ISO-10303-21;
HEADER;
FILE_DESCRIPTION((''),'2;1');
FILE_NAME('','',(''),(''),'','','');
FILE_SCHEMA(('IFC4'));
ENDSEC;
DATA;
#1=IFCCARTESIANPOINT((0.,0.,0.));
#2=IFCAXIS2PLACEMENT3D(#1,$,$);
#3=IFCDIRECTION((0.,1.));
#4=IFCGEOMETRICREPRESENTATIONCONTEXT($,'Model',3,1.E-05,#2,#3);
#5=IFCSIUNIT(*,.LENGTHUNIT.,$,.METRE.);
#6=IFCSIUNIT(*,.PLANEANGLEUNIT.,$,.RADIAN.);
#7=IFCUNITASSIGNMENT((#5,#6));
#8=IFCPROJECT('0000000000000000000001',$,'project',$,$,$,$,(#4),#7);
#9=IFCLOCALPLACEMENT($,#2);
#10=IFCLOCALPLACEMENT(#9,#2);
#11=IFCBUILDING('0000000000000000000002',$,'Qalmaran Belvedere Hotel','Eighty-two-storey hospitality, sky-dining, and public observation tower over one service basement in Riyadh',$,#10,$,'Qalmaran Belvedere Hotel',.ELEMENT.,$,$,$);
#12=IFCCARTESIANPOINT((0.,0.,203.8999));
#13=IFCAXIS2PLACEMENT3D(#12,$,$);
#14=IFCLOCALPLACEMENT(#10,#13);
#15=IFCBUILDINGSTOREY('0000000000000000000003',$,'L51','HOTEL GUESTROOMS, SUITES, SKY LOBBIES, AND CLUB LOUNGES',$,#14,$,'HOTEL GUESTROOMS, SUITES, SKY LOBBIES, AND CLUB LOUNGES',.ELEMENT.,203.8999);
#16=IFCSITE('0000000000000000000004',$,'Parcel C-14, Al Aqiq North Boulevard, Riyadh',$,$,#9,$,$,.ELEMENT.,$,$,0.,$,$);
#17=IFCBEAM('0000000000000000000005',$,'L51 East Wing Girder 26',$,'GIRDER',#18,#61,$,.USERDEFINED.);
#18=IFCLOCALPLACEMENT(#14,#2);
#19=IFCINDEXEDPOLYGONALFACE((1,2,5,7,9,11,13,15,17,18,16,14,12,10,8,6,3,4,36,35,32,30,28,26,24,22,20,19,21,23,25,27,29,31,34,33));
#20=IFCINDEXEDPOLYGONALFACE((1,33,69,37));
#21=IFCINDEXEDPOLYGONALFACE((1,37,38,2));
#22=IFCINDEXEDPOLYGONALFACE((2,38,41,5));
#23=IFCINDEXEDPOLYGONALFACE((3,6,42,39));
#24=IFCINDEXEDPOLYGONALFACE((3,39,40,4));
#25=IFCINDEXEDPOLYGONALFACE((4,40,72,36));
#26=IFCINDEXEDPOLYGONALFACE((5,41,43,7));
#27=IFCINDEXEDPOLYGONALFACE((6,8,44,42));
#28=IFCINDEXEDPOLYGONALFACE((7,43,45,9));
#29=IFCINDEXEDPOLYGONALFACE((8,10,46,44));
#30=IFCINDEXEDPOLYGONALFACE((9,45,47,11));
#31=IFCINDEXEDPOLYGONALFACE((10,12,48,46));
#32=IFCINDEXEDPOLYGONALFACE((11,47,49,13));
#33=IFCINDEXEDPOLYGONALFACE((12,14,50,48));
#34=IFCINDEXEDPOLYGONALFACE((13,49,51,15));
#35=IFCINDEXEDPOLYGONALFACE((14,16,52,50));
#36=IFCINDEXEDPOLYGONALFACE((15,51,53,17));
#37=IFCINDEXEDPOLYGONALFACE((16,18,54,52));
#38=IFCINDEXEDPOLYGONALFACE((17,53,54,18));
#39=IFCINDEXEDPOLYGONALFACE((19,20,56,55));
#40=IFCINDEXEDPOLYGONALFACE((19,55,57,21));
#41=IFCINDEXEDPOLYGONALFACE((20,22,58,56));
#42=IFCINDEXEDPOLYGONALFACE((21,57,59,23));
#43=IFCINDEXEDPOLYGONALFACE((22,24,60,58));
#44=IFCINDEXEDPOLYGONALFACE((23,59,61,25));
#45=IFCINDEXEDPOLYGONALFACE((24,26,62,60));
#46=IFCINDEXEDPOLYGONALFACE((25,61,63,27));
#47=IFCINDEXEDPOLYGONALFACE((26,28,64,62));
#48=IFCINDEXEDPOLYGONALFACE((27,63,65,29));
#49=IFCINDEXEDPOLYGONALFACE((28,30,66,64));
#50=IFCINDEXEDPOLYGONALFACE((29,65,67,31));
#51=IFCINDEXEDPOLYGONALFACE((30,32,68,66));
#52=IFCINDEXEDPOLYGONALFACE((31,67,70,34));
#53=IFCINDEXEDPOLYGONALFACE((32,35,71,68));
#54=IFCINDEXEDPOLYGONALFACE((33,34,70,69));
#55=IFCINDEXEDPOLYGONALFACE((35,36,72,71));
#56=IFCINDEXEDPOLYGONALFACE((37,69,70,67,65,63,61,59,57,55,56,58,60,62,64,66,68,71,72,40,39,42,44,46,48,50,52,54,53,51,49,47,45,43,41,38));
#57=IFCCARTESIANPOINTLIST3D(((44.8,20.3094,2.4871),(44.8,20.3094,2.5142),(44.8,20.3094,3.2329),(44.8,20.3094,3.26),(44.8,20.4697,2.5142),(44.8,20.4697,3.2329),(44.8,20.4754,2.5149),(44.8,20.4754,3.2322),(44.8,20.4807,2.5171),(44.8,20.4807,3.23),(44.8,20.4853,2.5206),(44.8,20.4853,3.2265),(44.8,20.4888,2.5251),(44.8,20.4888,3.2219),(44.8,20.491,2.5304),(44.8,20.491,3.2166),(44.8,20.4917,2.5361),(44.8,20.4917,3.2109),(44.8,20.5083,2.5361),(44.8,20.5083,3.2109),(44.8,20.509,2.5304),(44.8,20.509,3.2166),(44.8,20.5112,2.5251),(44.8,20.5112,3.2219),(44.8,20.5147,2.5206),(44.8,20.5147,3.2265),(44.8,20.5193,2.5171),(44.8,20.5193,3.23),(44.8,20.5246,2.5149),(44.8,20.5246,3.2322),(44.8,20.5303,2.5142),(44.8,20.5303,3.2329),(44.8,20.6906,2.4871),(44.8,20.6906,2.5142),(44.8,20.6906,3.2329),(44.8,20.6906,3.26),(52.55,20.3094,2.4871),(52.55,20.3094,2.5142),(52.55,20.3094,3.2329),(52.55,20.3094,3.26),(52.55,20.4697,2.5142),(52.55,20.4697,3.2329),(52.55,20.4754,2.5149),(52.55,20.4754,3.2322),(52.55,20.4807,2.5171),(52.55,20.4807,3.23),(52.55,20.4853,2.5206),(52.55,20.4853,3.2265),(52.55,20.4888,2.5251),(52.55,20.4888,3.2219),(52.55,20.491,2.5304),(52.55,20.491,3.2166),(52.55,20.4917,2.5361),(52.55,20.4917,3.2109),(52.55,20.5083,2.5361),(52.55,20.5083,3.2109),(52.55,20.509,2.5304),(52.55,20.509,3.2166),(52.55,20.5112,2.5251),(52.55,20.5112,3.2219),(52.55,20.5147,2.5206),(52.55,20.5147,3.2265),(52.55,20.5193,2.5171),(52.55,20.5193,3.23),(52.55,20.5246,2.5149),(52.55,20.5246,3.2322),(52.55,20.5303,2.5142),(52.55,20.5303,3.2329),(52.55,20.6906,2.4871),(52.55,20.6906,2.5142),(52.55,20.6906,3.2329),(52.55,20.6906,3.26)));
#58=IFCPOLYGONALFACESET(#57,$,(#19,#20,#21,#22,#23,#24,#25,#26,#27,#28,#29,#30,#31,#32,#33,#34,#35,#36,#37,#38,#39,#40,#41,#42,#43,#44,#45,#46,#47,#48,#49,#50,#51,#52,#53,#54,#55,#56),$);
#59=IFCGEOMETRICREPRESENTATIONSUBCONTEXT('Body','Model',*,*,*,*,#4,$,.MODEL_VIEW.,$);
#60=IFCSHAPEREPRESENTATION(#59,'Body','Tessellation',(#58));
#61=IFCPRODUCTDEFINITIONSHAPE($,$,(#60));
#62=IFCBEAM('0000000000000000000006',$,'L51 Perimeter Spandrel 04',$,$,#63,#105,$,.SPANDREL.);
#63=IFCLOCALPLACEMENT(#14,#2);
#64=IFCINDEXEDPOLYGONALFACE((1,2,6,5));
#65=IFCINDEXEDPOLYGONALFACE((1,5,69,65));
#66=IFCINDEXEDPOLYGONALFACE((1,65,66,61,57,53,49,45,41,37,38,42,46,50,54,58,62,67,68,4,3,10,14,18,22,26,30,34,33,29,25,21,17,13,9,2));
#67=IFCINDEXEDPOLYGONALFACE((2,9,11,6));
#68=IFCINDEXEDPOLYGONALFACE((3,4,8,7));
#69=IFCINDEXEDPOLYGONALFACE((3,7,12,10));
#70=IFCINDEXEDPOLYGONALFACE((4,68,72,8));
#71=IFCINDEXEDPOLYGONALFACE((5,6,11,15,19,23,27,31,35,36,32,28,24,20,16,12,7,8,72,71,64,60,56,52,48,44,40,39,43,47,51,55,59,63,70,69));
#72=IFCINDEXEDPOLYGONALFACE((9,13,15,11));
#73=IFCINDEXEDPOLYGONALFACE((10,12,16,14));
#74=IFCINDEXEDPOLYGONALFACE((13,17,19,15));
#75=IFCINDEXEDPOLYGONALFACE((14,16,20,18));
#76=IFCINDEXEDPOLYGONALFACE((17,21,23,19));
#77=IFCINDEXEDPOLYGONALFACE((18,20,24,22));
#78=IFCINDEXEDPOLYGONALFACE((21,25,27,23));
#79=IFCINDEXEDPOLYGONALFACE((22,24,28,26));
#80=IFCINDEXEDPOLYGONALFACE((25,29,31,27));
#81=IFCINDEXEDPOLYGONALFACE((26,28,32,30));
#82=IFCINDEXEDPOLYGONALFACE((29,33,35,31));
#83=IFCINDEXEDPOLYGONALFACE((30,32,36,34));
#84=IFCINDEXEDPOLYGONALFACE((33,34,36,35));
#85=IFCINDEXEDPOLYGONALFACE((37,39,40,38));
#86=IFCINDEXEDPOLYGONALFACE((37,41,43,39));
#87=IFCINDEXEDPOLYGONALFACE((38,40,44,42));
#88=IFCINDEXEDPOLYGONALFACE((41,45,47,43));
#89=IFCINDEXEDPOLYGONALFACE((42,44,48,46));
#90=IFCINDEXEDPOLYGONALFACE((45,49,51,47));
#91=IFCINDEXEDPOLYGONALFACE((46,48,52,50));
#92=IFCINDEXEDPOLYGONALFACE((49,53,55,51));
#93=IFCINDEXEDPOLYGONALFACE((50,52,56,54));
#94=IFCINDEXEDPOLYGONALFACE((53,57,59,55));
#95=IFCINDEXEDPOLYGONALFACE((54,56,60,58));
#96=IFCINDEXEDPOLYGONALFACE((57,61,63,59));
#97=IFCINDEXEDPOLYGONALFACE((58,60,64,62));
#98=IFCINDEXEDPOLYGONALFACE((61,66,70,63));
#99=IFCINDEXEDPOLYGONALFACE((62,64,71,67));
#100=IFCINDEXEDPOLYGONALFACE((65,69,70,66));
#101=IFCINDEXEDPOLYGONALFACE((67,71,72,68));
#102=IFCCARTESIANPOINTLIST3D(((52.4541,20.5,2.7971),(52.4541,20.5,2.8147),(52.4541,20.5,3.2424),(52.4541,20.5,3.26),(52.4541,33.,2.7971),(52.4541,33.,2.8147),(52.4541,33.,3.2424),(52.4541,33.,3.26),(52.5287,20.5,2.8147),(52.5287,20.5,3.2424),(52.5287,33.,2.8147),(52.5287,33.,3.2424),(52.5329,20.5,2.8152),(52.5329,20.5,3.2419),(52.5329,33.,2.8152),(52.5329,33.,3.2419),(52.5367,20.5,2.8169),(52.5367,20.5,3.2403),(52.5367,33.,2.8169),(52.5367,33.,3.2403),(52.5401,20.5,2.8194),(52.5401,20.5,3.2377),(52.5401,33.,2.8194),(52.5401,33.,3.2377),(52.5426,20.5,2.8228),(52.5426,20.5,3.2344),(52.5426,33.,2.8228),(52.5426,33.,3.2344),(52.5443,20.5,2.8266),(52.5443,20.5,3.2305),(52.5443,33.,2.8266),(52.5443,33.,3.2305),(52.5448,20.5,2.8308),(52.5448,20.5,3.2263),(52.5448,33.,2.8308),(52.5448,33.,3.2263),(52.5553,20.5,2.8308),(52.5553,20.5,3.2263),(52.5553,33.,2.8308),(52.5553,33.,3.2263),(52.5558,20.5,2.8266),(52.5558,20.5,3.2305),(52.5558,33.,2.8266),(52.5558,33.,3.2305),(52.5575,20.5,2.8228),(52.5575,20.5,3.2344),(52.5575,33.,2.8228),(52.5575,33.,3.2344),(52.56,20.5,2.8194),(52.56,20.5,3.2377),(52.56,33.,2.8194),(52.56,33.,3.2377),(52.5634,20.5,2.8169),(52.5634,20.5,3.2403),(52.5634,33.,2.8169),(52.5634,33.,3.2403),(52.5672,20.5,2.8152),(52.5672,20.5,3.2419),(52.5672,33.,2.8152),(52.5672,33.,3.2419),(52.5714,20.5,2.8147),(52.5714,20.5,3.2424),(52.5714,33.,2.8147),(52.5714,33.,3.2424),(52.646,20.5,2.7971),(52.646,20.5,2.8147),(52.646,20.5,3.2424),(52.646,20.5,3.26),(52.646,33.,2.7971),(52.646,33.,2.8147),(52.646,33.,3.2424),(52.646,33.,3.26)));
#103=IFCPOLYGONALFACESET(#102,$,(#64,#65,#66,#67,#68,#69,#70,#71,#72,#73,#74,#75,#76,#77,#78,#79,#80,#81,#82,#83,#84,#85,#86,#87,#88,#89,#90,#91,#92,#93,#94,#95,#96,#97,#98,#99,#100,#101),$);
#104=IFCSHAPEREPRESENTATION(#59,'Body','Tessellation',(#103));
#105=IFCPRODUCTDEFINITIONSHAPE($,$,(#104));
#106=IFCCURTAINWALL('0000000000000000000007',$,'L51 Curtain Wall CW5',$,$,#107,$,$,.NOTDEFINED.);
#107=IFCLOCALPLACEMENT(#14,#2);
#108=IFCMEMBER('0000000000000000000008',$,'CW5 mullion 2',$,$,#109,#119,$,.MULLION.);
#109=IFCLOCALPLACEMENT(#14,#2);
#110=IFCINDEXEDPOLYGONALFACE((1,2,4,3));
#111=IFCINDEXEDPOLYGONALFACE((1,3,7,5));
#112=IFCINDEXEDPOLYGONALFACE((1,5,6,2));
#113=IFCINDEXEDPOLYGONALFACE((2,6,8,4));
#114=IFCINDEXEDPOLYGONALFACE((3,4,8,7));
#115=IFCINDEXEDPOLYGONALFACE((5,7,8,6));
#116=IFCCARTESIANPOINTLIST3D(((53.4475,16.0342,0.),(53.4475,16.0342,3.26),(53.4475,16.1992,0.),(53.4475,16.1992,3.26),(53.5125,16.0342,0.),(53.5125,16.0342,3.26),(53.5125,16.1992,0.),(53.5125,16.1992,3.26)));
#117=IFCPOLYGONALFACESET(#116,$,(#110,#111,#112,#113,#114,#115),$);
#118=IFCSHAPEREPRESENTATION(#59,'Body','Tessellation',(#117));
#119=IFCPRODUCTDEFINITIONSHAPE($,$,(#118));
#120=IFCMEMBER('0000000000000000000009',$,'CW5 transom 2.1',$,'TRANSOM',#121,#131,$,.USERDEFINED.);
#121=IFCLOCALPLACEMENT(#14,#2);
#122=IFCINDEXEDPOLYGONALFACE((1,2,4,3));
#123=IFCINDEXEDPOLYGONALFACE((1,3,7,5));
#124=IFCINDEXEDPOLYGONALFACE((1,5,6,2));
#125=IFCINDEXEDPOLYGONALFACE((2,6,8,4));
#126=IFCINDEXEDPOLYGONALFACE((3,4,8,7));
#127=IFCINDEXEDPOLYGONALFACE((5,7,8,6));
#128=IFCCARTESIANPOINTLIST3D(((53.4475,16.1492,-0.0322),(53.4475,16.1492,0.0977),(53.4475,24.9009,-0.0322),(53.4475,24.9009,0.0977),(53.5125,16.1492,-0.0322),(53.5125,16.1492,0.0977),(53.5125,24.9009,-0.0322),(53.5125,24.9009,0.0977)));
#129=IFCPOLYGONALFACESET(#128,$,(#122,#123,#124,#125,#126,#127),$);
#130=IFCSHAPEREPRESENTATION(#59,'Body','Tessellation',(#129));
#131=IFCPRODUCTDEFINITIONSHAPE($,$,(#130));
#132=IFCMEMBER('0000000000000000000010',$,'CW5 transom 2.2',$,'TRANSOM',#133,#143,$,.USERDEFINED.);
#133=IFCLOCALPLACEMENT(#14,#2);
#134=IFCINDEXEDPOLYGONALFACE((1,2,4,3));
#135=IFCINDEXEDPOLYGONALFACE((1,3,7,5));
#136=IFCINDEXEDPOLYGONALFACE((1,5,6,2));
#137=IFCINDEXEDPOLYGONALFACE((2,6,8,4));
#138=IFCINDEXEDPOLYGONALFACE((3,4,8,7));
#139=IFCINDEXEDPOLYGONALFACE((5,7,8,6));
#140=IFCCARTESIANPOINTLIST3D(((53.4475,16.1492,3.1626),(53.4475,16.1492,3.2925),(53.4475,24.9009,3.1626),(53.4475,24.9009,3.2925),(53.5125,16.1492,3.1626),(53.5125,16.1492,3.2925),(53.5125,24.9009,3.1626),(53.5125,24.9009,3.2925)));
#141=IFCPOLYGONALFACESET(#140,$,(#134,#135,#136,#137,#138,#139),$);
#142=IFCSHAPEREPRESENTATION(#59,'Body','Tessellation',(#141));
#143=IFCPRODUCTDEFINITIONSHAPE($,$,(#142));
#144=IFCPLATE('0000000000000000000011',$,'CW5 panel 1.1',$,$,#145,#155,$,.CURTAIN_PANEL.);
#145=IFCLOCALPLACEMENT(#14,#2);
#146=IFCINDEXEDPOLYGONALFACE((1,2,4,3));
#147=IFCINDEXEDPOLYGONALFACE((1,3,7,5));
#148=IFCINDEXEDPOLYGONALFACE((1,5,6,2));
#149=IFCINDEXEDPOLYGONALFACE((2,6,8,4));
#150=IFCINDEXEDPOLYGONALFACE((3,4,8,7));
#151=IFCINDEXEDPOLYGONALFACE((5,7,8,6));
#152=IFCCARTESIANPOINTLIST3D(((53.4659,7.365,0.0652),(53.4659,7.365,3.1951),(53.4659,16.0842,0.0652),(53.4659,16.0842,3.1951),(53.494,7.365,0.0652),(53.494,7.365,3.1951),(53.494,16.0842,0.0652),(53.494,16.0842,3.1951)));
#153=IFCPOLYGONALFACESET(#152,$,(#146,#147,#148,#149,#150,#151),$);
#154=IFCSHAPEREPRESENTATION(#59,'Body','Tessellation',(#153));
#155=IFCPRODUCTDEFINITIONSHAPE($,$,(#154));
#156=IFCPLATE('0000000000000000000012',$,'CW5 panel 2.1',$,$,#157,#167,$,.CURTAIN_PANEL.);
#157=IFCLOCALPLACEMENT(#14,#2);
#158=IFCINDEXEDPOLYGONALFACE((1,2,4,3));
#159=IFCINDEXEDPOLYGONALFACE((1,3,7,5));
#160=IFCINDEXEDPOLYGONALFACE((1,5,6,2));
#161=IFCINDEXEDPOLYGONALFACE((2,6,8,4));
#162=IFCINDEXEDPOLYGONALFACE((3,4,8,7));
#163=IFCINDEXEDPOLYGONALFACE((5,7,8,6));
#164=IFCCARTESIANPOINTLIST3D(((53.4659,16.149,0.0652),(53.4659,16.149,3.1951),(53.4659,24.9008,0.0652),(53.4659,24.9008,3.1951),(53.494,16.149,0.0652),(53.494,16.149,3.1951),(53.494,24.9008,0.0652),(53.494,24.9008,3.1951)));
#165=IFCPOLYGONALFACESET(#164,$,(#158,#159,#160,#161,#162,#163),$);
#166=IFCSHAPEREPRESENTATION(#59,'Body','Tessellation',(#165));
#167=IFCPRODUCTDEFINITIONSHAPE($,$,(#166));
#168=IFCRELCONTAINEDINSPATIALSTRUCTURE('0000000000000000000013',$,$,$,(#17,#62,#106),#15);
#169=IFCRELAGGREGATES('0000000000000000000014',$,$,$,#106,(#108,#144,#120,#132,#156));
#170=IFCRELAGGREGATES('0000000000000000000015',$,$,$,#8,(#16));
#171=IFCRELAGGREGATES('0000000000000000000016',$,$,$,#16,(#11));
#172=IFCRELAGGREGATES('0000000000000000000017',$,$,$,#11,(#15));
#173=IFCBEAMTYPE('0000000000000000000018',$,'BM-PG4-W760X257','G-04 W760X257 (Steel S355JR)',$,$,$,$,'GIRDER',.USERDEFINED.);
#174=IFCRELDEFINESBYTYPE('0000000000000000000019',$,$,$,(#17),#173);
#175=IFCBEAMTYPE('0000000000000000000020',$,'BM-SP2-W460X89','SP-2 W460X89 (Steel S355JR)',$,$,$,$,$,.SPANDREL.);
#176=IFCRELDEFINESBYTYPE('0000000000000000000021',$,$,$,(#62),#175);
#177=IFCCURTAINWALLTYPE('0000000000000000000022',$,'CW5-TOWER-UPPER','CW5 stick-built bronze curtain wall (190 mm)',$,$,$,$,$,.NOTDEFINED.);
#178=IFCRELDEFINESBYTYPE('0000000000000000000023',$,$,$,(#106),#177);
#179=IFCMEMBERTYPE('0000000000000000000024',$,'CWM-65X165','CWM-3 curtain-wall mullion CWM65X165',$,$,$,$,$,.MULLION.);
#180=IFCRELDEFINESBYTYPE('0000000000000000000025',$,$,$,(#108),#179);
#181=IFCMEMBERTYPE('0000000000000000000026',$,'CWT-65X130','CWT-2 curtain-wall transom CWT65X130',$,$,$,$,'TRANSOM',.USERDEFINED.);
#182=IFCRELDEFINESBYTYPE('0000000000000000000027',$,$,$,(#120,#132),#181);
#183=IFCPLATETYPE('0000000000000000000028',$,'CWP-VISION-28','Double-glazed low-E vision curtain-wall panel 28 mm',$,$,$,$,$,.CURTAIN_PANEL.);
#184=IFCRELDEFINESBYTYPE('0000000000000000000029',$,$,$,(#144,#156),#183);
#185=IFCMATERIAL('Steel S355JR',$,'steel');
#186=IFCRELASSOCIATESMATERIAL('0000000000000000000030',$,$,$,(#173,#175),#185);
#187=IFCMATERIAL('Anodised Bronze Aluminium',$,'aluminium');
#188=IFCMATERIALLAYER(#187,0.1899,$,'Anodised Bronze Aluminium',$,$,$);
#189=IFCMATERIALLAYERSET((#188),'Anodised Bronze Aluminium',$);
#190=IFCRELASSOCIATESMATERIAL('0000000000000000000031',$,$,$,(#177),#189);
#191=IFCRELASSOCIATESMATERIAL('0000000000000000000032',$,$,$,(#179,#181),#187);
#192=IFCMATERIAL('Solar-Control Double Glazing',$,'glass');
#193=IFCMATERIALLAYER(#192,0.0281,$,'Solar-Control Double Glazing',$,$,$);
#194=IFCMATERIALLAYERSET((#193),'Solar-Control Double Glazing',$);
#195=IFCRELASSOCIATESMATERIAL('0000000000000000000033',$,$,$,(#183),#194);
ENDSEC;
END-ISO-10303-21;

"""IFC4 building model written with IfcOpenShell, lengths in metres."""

from ifc_helpers import new_model, si_unit, direction, frame, origin, origin_2d, place, context, subcontext, project, spatial, rectangle, i_section, extrude, material, layer, layer_set, material_profile, profile_set, type_object, element, aggregate, save


model = new_model("IFC4")

# Units and contexts
model_context = context("Model", 3, precision=1e-05, world=origin(), true_north=direction((0.0, 1.0)))
body_context = subcontext(model_context, "Body", "Model", "MODEL_VIEW")
ifc_project = project(units=[si_unit("LENGTHUNIT", "METRE"), si_unit("PLANEANGLEUNIT", "RADIAN")], contexts=[model_context])

# Site, building, storey
site_placement = place(None, origin())
site = spatial("IfcSite", under=ifc_project, at=site_placement, Name="Parcel C-14, Al Aqiq North Boulevard, Riyadh", CompositionType="ELEMENT", RefElevation=0.0)
building_placement = place(site_placement, origin())
building = spatial("IfcBuilding", under=site, at=building_placement, Name="Qalmaran Belvedere Hotel", Description="Eighty-two-storey hospitality, sky-dining, and public observation tower over one service basement in Riyadh", LongName="Qalmaran Belvedere Hotel", CompositionType="ELEMENT")
storey_placement = place(building_placement, frame((0.0, 0.0, 203.8999)))
storey = spatial("IfcBuildingStorey", under=building, at=storey_placement, Name="L51", Description="HOTEL GUESTROOMS, SUITES, SKY LOBBIES, AND CLUB LOUNGES", LongName="HOTEL GUESTROOMS, SUITES, SKY LOBBIES, AND CLUB LOUNGES", CompositionType="ELEMENT", Elevation=203.8999)

# Beams
ifc_material_1 = material(Name="Steel S355JR", Category="steel")
ifc_material_profile_1 = material_profile(ifc_material_1, i_section(OverallWidth=0.3811, OverallDepth=0.7729, WebThickness=0.0166, FlangeThickness=0.0271, FilletRadius=0.022, at=origin_2d()), Name="W760X257")
ifc_profile_set_1 = profile_set([ifc_material_profile_1], Name="Steel S355JR")
beam_type_1 = type_object("IfcBeamType", Name="BM-PG4-W760X257", Description="G-04 W760X257 (Steel S355JR)", ElementType="GIRDER", PredefinedType="USERDEFINED", material=ifc_profile_set_1)
beam_1_placement = place(storey_placement, frame((44.8, 20.5, 2.8735), z_axis=(1.0, 0.0, 0.0), x_axis=(0.0, 1.0, 0.0)))
element("IfcBeam", 1, at=beam_1_placement, inside=storey, type_object=beam_type_1, Name="L51 East Wing Girder 26", ObjectType="GIRDER", PredefinedType="USERDEFINED", context=body_context, shape_type="SweptSolid", body=[
    extrude(i_section(OverallWidth=0.3811, OverallDepth=0.7729, WebThickness=0.0166, FlangeThickness=0.0271, FilletRadius=0.022, at=origin_2d()), origin(), (0.0, 0.0, 1.0), 7.75),
])
ifc_material_profile_2 = material_profile(ifc_material_1, i_section(OverallWidth=0.1919, OverallDepth=0.4629, WebThickness=0.0105, FlangeThickness=0.0176, FilletRadius=0.0161, at=origin_2d()), Name="W460X89")
ifc_profile_set_2 = profile_set([ifc_material_profile_2], Name="Steel S355JR")
beam_type_2 = type_object("IfcBeamType", Name="BM-SP2-W460X89", Description="SP-2 W460X89 (Steel S355JR)", PredefinedType="SPANDREL", material=ifc_profile_set_2)
beam_2_placement = place(storey_placement, frame((52.55, 20.5, 3.0286), z_axis=(0.0, 1.0, 0.0), x_axis=(-1.0, 0.0, 0.0)))
element("IfcBeam", 2, at=beam_2_placement, inside=storey, type_object=beam_type_2, Name="L51 Perimeter Spandrel 04", PredefinedType="SPANDREL", context=body_context, shape_type="SweptSolid", body=[
    extrude(i_section(OverallWidth=0.1919, OverallDepth=0.4629, WebThickness=0.0105, FlangeThickness=0.0176, FilletRadius=0.0161, at=origin_2d()), origin(), (0.0, 0.0, 1.0), 12.5),
])

# Curtain wall, members, plates
ifc_material_2 = material(Name="Anodised Bronze Aluminium", Category="aluminium")
ifc_layer_1 = layer(ifc_material_2, 0.1899, Name="Anodised Bronze Aluminium")
ifc_layer_set_1 = layer_set([ifc_layer_1], Name="Anodised Bronze Aluminium")
curtain_wall_type = type_object("IfcCurtainWallType", Name="CW5-TOWER-UPPER", Description="CW5 stick-built bronze curtain wall (190 mm)", PredefinedType="NOTDEFINED", material=ifc_layer_set_1)
curtain_wall_placement = place(storey_placement, origin())
curtain_wall = element("IfcCurtainWall", 3, at=curtain_wall_placement, inside=storey, type_object=curtain_wall_type, Name="L51 Curtain Wall CW5", PredefinedType="NOTDEFINED")
ifc_material_profile_3 = material_profile(ifc_material_2, rectangle(XDim=0.0649, YDim=0.165, at=origin_2d()), Name="CWM65X165")
ifc_profile_set_3 = profile_set([ifc_material_profile_3], Name="Anodised Bronze Aluminium")
member_type_1 = type_object("IfcMemberType", Name="CWM-65X165", Description="CWM-3 curtain-wall mullion CWM65X165", PredefinedType="MULLION", material=ifc_profile_set_3)
member_1_placement = place(storey_placement, frame((53.48, 16.1167, 0.0), z_axis=(0.0, 0.0, 1.0), x_axis=(-1.0, 0.0, 0.0)))
member_1 = element("IfcMember", 4, at=member_1_placement, type_object=member_type_1, Name="CW5 mullion 2", PredefinedType="MULLION", context=body_context, shape_type="SweptSolid", body=[
    extrude(rectangle(XDim=0.0649, YDim=0.165, at=origin_2d()), origin(), (0.0, 0.0, 1.0), 3.26),
])
ifc_material_profile_4 = material_profile(ifc_material_2, rectangle(XDim=0.0649, YDim=0.1299, at=origin_2d()), Name="CWT65X130")
ifc_profile_set_4 = profile_set([ifc_material_profile_4], Name="Anodised Bronze Aluminium")
member_type_2 = type_object("IfcMemberType", Name="CWT-65X130", Description="CWT-2 curtain-wall transom CWT65X130", ElementType="TRANSOM", PredefinedType="USERDEFINED", material=ifc_profile_set_4)
member_2_placement = place(storey_placement, frame((53.48, 16.1492, 0.0327), z_axis=(0.0, 1.0, 0.0), x_axis=(-1.0, 0.0, 0.0)))
member_2 = element("IfcMember", 5, at=member_2_placement, type_object=member_type_2, Name="CW5 transom 2.1", ObjectType="TRANSOM", PredefinedType="USERDEFINED", context=body_context, shape_type="SweptSolid", body=[
    extrude(rectangle(XDim=0.0649, YDim=0.1299, at=origin_2d()), origin(), (0.0, 0.0, 1.0), 8.7517),
])
member_3_placement = place(storey_placement, frame((53.48, 16.1492, 3.2275), z_axis=(0.0, 1.0, 0.0), x_axis=(-1.0, 0.0, 0.0)))
member_3 = element("IfcMember", 6, at=member_3_placement, type_object=member_type_2, Name="CW5 transom 2.2", ObjectType="TRANSOM", PredefinedType="USERDEFINED", context=body_context, shape_type="SweptSolid", body=[
    extrude(rectangle(XDim=0.0649, YDim=0.1299, at=origin_2d()), origin(), (0.0, 0.0, 1.0), 8.7517),
])
ifc_material_3 = material(Name="Solar-Control Double Glazing", Category="glass")
ifc_layer_2 = layer(ifc_material_3, 0.0281, Name="Solar-Control Double Glazing")
ifc_layer_set_2 = layer_set([ifc_layer_2], Name="Solar-Control Double Glazing")
plate_type = type_object("IfcPlateType", Name="CWP-VISION-28", Description="Double-glazed low-E vision curtain-wall panel 28 mm", PredefinedType="CURTAIN_PANEL", material=ifc_layer_set_2)
plate_1_placement = place(storey_placement, frame((53.48, 11.7246, 0.0652), z_axis=(0.0, 0.0, 1.0), x_axis=(0.0, 1.0, 0.0)))
plate_1 = element("IfcPlate", 7, at=plate_1_placement, type_object=plate_type, Name="CW5 panel 1.1", PredefinedType="CURTAIN_PANEL", context=body_context, shape_type="SweptSolid", body=[
    extrude(rectangle(XDim=8.7192, YDim=0.0281, at=origin_2d()), origin(), (0.0, 0.0, 1.0), 3.1299),
])
plate_2_placement = place(storey_placement, frame((53.48, 20.5249, 0.0652), z_axis=(0.0, 0.0, 1.0), x_axis=(0.0, 1.0, 0.0)))
plate_2 = element("IfcPlate", 8, at=plate_2_placement, type_object=plate_type, Name="CW5 panel 2.1", PredefinedType="CURTAIN_PANEL", context=body_context, shape_type="SweptSolid", body=[
    extrude(rectangle(XDim=8.7517, YDim=0.0281, at=origin_2d()), origin(), (0.0, 0.0, 1.0), 3.1299),
])
aggregate(curtain_wall, [member_1, plate_1, member_2, member_3, plate_2])

save(model, "model.ifc")
